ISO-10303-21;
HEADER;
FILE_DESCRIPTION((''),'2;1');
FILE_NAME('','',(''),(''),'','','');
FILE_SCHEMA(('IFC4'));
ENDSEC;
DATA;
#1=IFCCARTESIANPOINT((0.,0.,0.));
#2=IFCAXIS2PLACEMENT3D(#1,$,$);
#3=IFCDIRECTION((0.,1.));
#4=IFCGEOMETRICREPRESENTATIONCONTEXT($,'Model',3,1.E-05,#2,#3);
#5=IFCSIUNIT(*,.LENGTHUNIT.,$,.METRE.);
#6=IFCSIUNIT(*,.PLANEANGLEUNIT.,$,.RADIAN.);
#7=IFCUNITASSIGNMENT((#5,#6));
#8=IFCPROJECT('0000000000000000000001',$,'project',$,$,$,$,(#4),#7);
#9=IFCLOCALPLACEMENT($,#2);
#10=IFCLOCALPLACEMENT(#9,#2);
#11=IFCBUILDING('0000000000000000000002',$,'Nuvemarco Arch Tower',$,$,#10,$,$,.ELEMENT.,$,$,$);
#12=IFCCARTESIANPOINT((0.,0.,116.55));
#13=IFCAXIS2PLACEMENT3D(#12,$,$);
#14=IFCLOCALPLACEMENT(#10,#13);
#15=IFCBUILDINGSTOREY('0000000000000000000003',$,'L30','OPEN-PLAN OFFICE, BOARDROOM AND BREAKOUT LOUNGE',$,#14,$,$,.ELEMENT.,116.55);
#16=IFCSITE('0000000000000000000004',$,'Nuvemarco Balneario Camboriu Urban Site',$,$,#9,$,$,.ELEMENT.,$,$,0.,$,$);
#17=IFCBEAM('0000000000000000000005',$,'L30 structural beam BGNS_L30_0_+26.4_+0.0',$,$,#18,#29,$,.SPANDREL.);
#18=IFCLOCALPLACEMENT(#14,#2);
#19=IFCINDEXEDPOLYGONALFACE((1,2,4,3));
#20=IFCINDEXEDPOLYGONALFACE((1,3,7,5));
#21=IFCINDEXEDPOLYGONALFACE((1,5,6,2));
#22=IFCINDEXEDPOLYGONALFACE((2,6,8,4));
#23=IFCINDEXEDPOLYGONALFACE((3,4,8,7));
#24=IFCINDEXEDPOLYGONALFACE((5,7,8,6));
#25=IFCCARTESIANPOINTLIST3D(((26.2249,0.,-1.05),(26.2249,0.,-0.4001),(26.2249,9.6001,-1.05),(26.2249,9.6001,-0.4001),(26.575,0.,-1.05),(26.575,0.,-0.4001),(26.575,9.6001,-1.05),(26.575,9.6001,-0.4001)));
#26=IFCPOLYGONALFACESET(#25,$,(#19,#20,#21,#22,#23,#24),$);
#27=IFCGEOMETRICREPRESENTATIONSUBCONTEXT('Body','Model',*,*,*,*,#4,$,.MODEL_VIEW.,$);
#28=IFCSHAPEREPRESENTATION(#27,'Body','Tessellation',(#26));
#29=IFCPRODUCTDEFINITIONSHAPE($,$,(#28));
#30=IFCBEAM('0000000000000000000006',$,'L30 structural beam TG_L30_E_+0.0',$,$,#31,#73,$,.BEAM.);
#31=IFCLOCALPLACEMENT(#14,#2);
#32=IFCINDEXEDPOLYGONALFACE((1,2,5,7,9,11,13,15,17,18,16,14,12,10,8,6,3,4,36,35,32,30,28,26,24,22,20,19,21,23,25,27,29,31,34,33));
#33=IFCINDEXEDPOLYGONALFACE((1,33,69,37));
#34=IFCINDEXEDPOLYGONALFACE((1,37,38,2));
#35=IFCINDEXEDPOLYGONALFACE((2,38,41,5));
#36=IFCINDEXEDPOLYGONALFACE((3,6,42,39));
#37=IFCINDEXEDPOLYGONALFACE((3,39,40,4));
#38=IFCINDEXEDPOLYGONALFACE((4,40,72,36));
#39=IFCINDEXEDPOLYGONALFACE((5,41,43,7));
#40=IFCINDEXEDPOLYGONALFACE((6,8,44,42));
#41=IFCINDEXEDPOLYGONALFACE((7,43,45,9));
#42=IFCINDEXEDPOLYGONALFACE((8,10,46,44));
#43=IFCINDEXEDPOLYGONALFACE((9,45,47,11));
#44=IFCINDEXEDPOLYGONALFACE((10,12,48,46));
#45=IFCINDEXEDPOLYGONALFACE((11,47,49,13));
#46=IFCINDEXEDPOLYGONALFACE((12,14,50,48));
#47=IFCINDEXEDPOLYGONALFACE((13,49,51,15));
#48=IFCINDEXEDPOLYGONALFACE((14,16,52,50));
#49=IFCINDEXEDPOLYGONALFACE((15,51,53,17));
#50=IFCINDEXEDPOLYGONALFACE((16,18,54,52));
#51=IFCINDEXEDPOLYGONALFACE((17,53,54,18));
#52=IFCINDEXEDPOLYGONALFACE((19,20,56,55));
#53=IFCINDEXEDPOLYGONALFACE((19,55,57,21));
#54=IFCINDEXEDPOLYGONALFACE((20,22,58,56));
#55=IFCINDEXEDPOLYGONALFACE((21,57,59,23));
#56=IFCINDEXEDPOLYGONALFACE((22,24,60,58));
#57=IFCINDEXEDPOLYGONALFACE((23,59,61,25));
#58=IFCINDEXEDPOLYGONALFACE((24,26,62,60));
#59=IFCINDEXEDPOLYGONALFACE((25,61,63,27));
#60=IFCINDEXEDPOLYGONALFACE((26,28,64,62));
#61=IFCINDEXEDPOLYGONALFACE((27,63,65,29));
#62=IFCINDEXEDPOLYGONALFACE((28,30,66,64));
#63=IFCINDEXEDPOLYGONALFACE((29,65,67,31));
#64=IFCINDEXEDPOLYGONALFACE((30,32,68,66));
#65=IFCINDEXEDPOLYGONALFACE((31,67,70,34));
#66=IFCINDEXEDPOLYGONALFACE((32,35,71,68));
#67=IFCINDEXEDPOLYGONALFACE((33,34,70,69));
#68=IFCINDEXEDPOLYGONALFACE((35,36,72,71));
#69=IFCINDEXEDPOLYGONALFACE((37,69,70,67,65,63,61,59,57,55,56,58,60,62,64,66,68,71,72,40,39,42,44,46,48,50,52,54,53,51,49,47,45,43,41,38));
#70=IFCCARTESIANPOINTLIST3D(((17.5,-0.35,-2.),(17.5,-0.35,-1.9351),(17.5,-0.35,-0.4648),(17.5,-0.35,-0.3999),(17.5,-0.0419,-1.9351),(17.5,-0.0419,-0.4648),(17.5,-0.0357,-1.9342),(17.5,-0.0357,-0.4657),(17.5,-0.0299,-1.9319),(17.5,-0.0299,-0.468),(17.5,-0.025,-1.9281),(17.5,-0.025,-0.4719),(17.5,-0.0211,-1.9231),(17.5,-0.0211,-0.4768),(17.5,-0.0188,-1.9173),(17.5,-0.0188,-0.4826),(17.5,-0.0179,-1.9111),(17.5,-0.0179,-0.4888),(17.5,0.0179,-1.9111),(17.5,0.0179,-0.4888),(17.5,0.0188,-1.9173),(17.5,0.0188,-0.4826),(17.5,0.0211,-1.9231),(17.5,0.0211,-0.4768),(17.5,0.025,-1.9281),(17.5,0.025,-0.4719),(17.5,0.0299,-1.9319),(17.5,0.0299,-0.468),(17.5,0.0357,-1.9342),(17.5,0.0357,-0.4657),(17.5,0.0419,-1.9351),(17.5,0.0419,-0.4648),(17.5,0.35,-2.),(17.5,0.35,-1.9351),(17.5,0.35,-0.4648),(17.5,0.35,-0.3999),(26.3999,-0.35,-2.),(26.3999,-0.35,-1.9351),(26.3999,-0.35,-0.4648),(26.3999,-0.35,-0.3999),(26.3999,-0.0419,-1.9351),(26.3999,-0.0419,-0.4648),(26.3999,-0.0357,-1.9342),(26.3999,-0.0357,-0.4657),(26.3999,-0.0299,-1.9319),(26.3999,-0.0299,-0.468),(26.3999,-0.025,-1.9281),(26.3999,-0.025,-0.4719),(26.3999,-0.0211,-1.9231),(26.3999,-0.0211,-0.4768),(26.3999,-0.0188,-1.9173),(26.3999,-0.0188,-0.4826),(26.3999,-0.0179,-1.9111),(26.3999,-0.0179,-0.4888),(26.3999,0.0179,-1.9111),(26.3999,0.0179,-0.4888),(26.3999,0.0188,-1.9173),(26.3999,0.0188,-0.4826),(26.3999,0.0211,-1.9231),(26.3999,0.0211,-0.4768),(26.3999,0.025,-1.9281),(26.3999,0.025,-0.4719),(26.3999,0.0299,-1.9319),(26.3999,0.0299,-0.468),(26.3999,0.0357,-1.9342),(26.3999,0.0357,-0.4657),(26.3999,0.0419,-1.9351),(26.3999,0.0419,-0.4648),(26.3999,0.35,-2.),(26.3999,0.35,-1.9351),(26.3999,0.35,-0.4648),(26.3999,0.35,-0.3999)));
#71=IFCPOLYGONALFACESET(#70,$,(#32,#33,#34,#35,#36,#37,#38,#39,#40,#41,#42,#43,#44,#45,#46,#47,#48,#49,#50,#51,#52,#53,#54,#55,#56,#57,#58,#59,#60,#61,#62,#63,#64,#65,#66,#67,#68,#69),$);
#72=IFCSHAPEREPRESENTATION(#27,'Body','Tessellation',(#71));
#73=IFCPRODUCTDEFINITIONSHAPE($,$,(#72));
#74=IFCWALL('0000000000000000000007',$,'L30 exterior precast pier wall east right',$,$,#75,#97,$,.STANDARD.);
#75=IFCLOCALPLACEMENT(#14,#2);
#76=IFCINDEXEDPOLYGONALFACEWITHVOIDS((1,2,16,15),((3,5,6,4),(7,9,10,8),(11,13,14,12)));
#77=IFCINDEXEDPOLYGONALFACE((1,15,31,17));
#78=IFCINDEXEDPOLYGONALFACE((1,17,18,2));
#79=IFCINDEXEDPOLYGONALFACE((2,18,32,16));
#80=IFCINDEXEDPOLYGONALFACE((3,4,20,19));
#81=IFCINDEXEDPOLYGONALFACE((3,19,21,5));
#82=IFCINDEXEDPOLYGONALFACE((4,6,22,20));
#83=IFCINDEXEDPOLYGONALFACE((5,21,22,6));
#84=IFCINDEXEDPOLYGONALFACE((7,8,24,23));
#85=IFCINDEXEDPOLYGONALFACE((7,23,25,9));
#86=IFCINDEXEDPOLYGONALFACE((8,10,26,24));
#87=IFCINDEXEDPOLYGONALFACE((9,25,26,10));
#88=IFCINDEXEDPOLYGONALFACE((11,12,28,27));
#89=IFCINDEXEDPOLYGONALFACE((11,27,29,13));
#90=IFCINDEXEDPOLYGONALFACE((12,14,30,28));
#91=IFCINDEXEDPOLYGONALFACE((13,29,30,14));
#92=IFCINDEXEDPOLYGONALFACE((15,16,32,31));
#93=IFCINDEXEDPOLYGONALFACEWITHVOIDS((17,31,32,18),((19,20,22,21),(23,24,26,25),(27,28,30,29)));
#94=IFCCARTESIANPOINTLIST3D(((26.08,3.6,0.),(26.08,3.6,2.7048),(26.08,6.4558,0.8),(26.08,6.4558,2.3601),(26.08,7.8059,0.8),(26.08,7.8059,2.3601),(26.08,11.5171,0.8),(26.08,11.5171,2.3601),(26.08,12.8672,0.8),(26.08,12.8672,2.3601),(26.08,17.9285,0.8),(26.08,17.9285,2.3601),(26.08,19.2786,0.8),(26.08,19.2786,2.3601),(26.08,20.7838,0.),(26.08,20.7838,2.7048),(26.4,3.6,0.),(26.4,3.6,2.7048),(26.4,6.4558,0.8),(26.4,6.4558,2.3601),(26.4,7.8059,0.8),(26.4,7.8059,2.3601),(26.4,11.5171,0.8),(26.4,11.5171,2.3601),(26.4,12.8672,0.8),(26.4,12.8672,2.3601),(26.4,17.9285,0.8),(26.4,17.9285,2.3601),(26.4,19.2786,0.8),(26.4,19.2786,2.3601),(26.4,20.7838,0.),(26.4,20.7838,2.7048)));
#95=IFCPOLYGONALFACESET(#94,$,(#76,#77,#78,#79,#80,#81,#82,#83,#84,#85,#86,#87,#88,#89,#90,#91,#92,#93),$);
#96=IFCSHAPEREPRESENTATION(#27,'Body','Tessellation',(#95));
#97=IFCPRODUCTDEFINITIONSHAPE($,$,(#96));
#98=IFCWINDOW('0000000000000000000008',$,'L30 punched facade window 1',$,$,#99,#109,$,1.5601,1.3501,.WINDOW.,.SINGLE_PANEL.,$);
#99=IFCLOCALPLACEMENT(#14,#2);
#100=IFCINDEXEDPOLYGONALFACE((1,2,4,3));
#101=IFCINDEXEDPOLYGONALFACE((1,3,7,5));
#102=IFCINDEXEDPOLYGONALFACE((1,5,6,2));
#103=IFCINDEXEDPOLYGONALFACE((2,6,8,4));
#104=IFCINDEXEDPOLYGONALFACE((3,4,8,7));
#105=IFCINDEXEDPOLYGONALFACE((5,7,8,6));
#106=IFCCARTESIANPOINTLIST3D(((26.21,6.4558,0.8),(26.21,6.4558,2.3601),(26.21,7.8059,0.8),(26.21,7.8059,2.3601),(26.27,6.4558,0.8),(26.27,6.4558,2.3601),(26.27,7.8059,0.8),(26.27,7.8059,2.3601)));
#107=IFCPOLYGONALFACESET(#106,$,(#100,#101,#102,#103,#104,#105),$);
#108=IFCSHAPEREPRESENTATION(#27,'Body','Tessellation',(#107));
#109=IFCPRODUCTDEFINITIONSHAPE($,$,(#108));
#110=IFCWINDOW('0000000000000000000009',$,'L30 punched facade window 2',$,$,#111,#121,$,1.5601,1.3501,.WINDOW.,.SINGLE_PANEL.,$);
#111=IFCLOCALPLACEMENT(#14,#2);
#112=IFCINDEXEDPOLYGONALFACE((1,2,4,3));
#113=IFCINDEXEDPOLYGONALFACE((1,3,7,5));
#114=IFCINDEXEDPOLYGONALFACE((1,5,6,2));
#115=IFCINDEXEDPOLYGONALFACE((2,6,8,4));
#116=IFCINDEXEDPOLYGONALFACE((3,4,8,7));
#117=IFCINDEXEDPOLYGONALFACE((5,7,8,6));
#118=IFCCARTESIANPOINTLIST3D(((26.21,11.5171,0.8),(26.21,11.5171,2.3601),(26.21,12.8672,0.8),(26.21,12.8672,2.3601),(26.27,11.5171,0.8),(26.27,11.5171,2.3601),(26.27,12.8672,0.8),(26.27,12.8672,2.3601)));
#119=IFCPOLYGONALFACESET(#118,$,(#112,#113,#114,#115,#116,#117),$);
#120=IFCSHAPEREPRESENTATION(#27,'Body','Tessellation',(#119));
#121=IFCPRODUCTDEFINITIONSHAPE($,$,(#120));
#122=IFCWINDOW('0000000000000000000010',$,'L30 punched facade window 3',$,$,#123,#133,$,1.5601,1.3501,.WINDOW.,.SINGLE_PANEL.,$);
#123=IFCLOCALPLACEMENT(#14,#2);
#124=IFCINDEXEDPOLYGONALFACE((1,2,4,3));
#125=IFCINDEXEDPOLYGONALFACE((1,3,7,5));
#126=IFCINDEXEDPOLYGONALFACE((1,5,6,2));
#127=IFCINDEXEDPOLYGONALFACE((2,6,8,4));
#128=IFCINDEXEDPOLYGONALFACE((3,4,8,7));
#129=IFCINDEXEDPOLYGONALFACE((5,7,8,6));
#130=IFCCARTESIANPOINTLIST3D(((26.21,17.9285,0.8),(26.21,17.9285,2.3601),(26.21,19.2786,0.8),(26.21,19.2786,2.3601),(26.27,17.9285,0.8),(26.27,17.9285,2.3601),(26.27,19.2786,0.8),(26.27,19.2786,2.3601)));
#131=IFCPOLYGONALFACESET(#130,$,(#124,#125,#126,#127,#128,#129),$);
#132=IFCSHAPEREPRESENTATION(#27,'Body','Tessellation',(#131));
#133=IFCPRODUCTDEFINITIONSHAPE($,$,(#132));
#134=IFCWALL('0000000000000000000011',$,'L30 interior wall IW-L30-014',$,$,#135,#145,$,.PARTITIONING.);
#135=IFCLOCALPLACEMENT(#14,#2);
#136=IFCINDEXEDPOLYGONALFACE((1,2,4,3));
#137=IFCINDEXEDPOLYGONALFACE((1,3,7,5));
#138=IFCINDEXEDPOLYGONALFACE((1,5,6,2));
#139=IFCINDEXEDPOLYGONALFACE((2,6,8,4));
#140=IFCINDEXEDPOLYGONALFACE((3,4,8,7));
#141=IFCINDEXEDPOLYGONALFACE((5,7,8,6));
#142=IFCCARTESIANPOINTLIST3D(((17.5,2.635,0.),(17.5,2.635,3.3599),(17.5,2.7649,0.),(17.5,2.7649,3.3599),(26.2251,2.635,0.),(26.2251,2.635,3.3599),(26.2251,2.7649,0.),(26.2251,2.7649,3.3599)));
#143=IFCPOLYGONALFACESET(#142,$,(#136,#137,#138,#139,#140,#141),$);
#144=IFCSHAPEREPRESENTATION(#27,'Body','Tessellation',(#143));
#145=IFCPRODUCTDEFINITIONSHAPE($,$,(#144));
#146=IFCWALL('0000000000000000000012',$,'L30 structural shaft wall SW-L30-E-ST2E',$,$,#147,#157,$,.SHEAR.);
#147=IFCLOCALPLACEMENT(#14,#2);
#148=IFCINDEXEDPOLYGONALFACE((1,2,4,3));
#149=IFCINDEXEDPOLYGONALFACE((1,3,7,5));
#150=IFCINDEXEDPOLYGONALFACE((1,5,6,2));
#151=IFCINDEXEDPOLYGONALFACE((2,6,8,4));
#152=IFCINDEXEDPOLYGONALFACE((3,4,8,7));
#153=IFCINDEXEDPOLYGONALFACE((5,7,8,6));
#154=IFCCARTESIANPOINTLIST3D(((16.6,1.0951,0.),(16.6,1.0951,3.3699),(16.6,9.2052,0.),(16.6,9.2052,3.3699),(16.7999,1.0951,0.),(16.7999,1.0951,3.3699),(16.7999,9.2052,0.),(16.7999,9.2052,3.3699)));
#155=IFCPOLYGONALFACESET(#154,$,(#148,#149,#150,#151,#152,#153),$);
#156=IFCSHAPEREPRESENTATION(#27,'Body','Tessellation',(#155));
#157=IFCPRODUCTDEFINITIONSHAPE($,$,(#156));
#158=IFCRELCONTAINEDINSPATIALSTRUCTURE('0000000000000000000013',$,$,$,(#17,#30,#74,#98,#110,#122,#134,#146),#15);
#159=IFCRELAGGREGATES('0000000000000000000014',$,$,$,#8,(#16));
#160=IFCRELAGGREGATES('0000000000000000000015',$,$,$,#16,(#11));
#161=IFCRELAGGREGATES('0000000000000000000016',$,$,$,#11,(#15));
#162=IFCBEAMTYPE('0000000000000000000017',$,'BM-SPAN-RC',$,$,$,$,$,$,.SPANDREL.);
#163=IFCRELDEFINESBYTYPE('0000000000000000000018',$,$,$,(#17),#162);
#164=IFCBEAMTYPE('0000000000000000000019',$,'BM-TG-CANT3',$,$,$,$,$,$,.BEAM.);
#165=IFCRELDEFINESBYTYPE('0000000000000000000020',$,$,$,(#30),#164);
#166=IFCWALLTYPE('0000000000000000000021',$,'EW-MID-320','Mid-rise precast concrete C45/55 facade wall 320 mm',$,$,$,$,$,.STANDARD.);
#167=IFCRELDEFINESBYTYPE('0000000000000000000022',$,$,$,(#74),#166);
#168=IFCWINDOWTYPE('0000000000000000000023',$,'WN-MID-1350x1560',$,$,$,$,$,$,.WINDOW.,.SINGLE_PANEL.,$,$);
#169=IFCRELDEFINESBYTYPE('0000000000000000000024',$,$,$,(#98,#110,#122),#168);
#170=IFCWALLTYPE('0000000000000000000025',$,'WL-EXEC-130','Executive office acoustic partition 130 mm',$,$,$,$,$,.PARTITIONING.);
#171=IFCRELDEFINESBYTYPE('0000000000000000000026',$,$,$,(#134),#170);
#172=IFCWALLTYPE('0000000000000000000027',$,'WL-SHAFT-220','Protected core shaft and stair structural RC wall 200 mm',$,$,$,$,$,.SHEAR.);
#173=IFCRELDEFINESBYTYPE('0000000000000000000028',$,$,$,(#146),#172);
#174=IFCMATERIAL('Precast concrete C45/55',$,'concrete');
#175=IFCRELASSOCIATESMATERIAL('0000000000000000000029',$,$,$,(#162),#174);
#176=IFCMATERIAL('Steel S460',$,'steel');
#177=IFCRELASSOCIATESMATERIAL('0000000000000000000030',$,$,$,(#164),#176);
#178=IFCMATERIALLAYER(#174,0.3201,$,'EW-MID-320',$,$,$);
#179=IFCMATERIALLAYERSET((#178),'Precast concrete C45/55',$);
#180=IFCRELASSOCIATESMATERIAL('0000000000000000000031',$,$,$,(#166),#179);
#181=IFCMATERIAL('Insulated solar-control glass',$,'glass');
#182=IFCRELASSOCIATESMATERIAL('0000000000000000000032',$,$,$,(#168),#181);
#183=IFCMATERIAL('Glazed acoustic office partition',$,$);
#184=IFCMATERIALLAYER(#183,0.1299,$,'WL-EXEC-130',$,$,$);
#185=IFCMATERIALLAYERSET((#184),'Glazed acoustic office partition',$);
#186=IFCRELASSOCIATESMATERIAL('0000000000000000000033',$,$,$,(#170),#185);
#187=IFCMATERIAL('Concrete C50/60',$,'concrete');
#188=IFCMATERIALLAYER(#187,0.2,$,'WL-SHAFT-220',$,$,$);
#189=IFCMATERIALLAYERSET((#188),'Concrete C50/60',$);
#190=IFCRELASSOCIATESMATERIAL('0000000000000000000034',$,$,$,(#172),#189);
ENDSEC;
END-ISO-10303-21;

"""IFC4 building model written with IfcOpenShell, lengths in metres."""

from ifc_helpers import new_model, si_unit, direction, frame, frame_2d, origin, origin_2d, place, context, subcontext, project, spatial, rectangle, i_section, extrude, source, transform, mapped, material, layer, layer_set, material_profile, profile_set, type_object, type_shapes, element, fill, save


model = new_model("IFC4")

# Units and contexts
model_context = context("Model", 3, precision=1e-05, world=origin(), true_north=direction((0.0, 1.0)))
body_context = subcontext(model_context, "Body", "Model", "MODEL_VIEW")
ifc_project = project(units=[si_unit("LENGTHUNIT", "METRE"), si_unit("PLANEANGLEUNIT", "RADIAN")], contexts=[model_context])

# Site, building, storey
site_placement = place(None, origin())
site = spatial("IfcSite", under=ifc_project, at=site_placement, Name="Nuvemarco Balneario Camboriu Urban Site", CompositionType="ELEMENT", RefElevation=0.0)
building_placement = place(site_placement, origin())
building = spatial("IfcBuilding", under=site, at=building_placement, Name="Nuvemarco Arch Tower", CompositionType="ELEMENT")
storey_placement = place(building_placement, frame((0.0, 0.0, 116.55)))
storey = spatial("IfcBuildingStorey", under=building, at=storey_placement, Name="L30", Description="OPEN-PLAN OFFICE, BOARDROOM AND BREAKOUT LOUNGE", CompositionType="ELEMENT", Elevation=116.55)

# Beams
ifc_material_1 = material(Name="Precast concrete C45/55", Category="concrete")
ifc_material_profile_1 = material_profile(ifc_material_1, rectangle(XDim=0.3501, YDim=0.6499, at=origin_2d()), Name="PC-SP-350x650")
ifc_profile_set_1 = profile_set([ifc_material_profile_1], Name="Precast concrete C45/55")
beam_type_1 = type_object("IfcBeamType", Name="BM-SPAN-RC", PredefinedType="SPANDREL", material=ifc_profile_set_1)
beam_1_placement = place(storey_placement, frame((26.3999, 0.0, -0.7251), z_axis=(0.0, 1.0, 0.0), x_axis=(-1.0, 0.0, 0.0)))
element("IfcBeam", 1, at=beam_1_placement, inside=storey, type_object=beam_type_1, Name="L30 structural beam BGNS_L30_0_+26.4_+0.0", PredefinedType="SPANDREL", context=body_context, shape_type="SweptSolid", body=[
    extrude(rectangle(XDim=0.3501, YDim=0.6499, at=origin_2d()), origin(), (0.0, 0.0, 1.0), 9.6001),
])
ifc_material_2 = material(Name="Steel S460", Category="steel")
ifc_material_profile_2 = material_profile(ifc_material_2, i_section(OverallWidth=0.7, OverallDepth=1.6001, WebThickness=0.0359, FlangeThickness=0.0649, FilletRadius=0.0239, at=origin_2d()), Name="PG1600x700")
ifc_profile_set_2 = profile_set([ifc_material_profile_2], Name="Steel S460")
beam_type_2 = type_object("IfcBeamType", Name="BM-TG-CANT3", PredefinedType="BEAM", material=ifc_profile_set_2)
beam_2_placement = place(storey_placement, frame((17.5, 0.0, -1.2), z_axis=(1.0, 0.0, 0.0), x_axis=(0.0, 1.0, 0.0)))
element("IfcBeam", 2, at=beam_2_placement, inside=storey, type_object=beam_type_2, Name="L30 structural beam TG_L30_E_+0.0", PredefinedType="BEAM", context=body_context, shape_type="SweptSolid", body=[
    extrude(i_section(OverallWidth=0.7, OverallDepth=1.6001, WebThickness=0.0359, FlangeThickness=0.0649, FilletRadius=0.0239, at=origin_2d()), origin(), (0.0, 0.0, 1.0), 8.8999),
])

# Wall, openings, windows
ifc_layer_1 = layer(ifc_material_1, 0.3201, Name="EW-MID-320")
ifc_layer_set_1 = layer_set([ifc_layer_1], Name="Precast concrete C45/55")
wall_type_1 = type_object("IfcWallType", Name="EW-MID-320", Description="Mid-rise precast concrete C45/55 facade wall 320 mm", PredefinedType="STANDARD", material=ifc_layer_set_1)
wall_1_placement = place(storey_placement, frame((26.24, 3.6001, 0.0), z_axis=(0.0, 0.0, 1.0), x_axis=(0.0, 1.0, 0.0)))
wall_1 = element("IfcWall", 3, at=wall_1_placement, inside=storey, type_object=wall_type_1, Name="L30 exterior precast pier wall east right", PredefinedType="STANDARD", context=body_context, shape_type="SweptSolid", body=[
    extrude(rectangle(XDim=17.1838, YDim=0.3201, at=frame_2d((8.5918, 0.0))), origin(), (0.0, 0.0, 1.0), 2.7048),
])
opening_1_placement = place(wall_1_placement, frame((2.8557, 0.0, 0.8)))
opening_1 = element("IfcOpeningElement", 4, at=opening_1_placement, cuts=wall_1, PredefinedType="OPENING", context=body_context, shape_type="SweptSolid", body=[
    extrude(rectangle(XDim=1.3501, YDim=1.5601, at=frame_2d((0.675, 0.78))), frame((0.0, 0.1699, 0.0), z_axis=(0.0, -1.0, 0.0), x_axis=(1.0, 0.0, 0.0)), (0.0, 0.0, 1.0), 0.3401),
])
opening_2_placement = place(wall_1_placement, frame((7.917, 0.0, 0.8)))
opening_2 = element("IfcOpeningElement", 5, at=opening_2_placement, cuts=wall_1, PredefinedType="OPENING", context=body_context, shape_type="SweptSolid", body=[
    extrude(rectangle(XDim=1.3501, YDim=1.5601, at=frame_2d((0.675, 0.78))), frame((0.0, 0.1699, 0.0), z_axis=(0.0, -1.0, 0.0), x_axis=(1.0, 0.0, 0.0)), (0.0, 0.0, 1.0), 0.3401),
])
opening_3_placement = place(wall_1_placement, frame((14.3284, 0.0, 0.8)))
opening_3 = element("IfcOpeningElement", 6, at=opening_3_placement, cuts=wall_1, PredefinedType="OPENING", context=body_context, shape_type="SweptSolid", body=[
    extrude(rectangle(XDim=1.3501, YDim=1.5601, at=frame_2d((0.675, 0.78))), frame((0.0, 0.1699, 0.0), z_axis=(0.0, -1.0, 0.0), x_axis=(1.0, 0.0, 0.0)), (0.0, 0.0, 1.0), 0.3401),
])
ifc_material_3 = material(Name="Insulated solar-control glass", Category="glass")
window_type = type_object("IfcWindowType", Name="WN-MID-1350x1560", PartitioningType="SINGLE_PANEL", PredefinedType="WINDOW", material=ifc_material_3)
shared_shape_1 = source(origin(), body_context, "Body", "SweptSolid", [
    extrude(rectangle(XDim=1.3501, YDim=1.5601, at=frame_2d((0.675, 0.78))), frame((0.0, 0.03, 0.0), z_axis=(0.0, -1.0, 0.0), x_axis=(1.0, 0.0, 0.0)), (0.0, 0.0, 1.0), 0.0601),
])
type_shapes(window_type, [shared_shape_1])
window_1_placement = place(opening_1_placement, origin())
window_1 = element("IfcWindow", 7, at=window_1_placement, inside=storey, type_object=window_type, Name="L30 punched facade window 1", OverallHeight=1.5601, OverallWidth=1.3501, PartitioningType="SINGLE_PANEL", PredefinedType="WINDOW", context=body_context, shape_type="MappedRepresentation", body=[
    mapped(shared_shape_1, transform((0.0, 0.0, 0.0), scale=1.0)),
])
fill(opening_1, window_1)
window_2_placement = place(opening_2_placement, origin())
window_2 = element("IfcWindow", 8, at=window_2_placement, inside=storey, type_object=window_type, Name="L30 punched facade window 2", OverallHeight=1.5601, OverallWidth=1.3501, PartitioningType="SINGLE_PANEL", PredefinedType="WINDOW", context=body_context, shape_type="MappedRepresentation", body=[
    mapped(shared_shape_1, transform((0.0, 0.0, 0.0), scale=1.0)),
])
fill(opening_2, window_2)
window_3_placement = place(opening_3_placement, origin())
window_3 = element("IfcWindow", 9, at=window_3_placement, inside=storey, type_object=window_type, Name="L30 punched facade window 3", OverallHeight=1.5601, OverallWidth=1.3501, PartitioningType="SINGLE_PANEL", PredefinedType="WINDOW", context=body_context, shape_type="MappedRepresentation", body=[
    mapped(shared_shape_1, transform((0.0, 0.0, 0.0), scale=1.0)),
])
fill(opening_3, window_3)

# Walls
ifc_material_4 = material(Name="Glazed acoustic office partition")
ifc_layer_2 = layer(ifc_material_4, 0.1299, Name="WL-EXEC-130")
ifc_layer_set_2 = layer_set([ifc_layer_2], Name="Glazed acoustic office partition")
wall_type_2 = type_object("IfcWallType", Name="WL-EXEC-130", Description="Executive office acoustic partition 130 mm", PredefinedType="PARTITIONING", material=ifc_layer_set_2)
wall_2_placement = place(storey_placement, frame((17.5, 2.7, 0.0), z_axis=(0.0, 0.0, 1.0), x_axis=(1.0, 0.0, 0.0)))
element("IfcWall", 10, at=wall_2_placement, inside=storey, type_object=wall_type_2, Name="L30 interior wall IW-L30-014", PredefinedType="PARTITIONING", context=body_context, shape_type="SweptSolid", body=[
    extrude(rectangle(XDim=8.7251, YDim=0.1299, at=frame_2d((4.3625, 0.0))), origin(), (0.0, 0.0, 1.0), 3.3599),
])
ifc_material_5 = material(Name="Concrete C50/60", Category="concrete")
ifc_layer_3 = layer(ifc_material_5, 0.2, Name="WL-SHAFT-220")
ifc_layer_set_3 = layer_set([ifc_layer_3], Name="Concrete C50/60")
wall_type_3 = type_object("IfcWallType", Name="WL-SHAFT-220", Description="Protected core shaft and stair structural RC wall 200 mm", PredefinedType="SHEAR", material=ifc_layer_set_3)
wall_3_placement = place(storey_placement, frame((16.7, 1.095, 0.0), z_axis=(0.0, 0.0, 1.0), x_axis=(0.0, 1.0, 0.0)))
element("IfcWall", 11, at=wall_3_placement, inside=storey, type_object=wall_type_3, Name="L30 structural shaft wall SW-L30-E-ST2E", PredefinedType="SHEAR", context=body_context, shape_type="SweptSolid", body=[
    extrude(rectangle(XDim=8.1101, YDim=0.2, at=frame_2d((4.0552, 0.0))), origin(), (0.0, 0.0, 1.0), 3.3699),
])

save(model, "model.ifc")
